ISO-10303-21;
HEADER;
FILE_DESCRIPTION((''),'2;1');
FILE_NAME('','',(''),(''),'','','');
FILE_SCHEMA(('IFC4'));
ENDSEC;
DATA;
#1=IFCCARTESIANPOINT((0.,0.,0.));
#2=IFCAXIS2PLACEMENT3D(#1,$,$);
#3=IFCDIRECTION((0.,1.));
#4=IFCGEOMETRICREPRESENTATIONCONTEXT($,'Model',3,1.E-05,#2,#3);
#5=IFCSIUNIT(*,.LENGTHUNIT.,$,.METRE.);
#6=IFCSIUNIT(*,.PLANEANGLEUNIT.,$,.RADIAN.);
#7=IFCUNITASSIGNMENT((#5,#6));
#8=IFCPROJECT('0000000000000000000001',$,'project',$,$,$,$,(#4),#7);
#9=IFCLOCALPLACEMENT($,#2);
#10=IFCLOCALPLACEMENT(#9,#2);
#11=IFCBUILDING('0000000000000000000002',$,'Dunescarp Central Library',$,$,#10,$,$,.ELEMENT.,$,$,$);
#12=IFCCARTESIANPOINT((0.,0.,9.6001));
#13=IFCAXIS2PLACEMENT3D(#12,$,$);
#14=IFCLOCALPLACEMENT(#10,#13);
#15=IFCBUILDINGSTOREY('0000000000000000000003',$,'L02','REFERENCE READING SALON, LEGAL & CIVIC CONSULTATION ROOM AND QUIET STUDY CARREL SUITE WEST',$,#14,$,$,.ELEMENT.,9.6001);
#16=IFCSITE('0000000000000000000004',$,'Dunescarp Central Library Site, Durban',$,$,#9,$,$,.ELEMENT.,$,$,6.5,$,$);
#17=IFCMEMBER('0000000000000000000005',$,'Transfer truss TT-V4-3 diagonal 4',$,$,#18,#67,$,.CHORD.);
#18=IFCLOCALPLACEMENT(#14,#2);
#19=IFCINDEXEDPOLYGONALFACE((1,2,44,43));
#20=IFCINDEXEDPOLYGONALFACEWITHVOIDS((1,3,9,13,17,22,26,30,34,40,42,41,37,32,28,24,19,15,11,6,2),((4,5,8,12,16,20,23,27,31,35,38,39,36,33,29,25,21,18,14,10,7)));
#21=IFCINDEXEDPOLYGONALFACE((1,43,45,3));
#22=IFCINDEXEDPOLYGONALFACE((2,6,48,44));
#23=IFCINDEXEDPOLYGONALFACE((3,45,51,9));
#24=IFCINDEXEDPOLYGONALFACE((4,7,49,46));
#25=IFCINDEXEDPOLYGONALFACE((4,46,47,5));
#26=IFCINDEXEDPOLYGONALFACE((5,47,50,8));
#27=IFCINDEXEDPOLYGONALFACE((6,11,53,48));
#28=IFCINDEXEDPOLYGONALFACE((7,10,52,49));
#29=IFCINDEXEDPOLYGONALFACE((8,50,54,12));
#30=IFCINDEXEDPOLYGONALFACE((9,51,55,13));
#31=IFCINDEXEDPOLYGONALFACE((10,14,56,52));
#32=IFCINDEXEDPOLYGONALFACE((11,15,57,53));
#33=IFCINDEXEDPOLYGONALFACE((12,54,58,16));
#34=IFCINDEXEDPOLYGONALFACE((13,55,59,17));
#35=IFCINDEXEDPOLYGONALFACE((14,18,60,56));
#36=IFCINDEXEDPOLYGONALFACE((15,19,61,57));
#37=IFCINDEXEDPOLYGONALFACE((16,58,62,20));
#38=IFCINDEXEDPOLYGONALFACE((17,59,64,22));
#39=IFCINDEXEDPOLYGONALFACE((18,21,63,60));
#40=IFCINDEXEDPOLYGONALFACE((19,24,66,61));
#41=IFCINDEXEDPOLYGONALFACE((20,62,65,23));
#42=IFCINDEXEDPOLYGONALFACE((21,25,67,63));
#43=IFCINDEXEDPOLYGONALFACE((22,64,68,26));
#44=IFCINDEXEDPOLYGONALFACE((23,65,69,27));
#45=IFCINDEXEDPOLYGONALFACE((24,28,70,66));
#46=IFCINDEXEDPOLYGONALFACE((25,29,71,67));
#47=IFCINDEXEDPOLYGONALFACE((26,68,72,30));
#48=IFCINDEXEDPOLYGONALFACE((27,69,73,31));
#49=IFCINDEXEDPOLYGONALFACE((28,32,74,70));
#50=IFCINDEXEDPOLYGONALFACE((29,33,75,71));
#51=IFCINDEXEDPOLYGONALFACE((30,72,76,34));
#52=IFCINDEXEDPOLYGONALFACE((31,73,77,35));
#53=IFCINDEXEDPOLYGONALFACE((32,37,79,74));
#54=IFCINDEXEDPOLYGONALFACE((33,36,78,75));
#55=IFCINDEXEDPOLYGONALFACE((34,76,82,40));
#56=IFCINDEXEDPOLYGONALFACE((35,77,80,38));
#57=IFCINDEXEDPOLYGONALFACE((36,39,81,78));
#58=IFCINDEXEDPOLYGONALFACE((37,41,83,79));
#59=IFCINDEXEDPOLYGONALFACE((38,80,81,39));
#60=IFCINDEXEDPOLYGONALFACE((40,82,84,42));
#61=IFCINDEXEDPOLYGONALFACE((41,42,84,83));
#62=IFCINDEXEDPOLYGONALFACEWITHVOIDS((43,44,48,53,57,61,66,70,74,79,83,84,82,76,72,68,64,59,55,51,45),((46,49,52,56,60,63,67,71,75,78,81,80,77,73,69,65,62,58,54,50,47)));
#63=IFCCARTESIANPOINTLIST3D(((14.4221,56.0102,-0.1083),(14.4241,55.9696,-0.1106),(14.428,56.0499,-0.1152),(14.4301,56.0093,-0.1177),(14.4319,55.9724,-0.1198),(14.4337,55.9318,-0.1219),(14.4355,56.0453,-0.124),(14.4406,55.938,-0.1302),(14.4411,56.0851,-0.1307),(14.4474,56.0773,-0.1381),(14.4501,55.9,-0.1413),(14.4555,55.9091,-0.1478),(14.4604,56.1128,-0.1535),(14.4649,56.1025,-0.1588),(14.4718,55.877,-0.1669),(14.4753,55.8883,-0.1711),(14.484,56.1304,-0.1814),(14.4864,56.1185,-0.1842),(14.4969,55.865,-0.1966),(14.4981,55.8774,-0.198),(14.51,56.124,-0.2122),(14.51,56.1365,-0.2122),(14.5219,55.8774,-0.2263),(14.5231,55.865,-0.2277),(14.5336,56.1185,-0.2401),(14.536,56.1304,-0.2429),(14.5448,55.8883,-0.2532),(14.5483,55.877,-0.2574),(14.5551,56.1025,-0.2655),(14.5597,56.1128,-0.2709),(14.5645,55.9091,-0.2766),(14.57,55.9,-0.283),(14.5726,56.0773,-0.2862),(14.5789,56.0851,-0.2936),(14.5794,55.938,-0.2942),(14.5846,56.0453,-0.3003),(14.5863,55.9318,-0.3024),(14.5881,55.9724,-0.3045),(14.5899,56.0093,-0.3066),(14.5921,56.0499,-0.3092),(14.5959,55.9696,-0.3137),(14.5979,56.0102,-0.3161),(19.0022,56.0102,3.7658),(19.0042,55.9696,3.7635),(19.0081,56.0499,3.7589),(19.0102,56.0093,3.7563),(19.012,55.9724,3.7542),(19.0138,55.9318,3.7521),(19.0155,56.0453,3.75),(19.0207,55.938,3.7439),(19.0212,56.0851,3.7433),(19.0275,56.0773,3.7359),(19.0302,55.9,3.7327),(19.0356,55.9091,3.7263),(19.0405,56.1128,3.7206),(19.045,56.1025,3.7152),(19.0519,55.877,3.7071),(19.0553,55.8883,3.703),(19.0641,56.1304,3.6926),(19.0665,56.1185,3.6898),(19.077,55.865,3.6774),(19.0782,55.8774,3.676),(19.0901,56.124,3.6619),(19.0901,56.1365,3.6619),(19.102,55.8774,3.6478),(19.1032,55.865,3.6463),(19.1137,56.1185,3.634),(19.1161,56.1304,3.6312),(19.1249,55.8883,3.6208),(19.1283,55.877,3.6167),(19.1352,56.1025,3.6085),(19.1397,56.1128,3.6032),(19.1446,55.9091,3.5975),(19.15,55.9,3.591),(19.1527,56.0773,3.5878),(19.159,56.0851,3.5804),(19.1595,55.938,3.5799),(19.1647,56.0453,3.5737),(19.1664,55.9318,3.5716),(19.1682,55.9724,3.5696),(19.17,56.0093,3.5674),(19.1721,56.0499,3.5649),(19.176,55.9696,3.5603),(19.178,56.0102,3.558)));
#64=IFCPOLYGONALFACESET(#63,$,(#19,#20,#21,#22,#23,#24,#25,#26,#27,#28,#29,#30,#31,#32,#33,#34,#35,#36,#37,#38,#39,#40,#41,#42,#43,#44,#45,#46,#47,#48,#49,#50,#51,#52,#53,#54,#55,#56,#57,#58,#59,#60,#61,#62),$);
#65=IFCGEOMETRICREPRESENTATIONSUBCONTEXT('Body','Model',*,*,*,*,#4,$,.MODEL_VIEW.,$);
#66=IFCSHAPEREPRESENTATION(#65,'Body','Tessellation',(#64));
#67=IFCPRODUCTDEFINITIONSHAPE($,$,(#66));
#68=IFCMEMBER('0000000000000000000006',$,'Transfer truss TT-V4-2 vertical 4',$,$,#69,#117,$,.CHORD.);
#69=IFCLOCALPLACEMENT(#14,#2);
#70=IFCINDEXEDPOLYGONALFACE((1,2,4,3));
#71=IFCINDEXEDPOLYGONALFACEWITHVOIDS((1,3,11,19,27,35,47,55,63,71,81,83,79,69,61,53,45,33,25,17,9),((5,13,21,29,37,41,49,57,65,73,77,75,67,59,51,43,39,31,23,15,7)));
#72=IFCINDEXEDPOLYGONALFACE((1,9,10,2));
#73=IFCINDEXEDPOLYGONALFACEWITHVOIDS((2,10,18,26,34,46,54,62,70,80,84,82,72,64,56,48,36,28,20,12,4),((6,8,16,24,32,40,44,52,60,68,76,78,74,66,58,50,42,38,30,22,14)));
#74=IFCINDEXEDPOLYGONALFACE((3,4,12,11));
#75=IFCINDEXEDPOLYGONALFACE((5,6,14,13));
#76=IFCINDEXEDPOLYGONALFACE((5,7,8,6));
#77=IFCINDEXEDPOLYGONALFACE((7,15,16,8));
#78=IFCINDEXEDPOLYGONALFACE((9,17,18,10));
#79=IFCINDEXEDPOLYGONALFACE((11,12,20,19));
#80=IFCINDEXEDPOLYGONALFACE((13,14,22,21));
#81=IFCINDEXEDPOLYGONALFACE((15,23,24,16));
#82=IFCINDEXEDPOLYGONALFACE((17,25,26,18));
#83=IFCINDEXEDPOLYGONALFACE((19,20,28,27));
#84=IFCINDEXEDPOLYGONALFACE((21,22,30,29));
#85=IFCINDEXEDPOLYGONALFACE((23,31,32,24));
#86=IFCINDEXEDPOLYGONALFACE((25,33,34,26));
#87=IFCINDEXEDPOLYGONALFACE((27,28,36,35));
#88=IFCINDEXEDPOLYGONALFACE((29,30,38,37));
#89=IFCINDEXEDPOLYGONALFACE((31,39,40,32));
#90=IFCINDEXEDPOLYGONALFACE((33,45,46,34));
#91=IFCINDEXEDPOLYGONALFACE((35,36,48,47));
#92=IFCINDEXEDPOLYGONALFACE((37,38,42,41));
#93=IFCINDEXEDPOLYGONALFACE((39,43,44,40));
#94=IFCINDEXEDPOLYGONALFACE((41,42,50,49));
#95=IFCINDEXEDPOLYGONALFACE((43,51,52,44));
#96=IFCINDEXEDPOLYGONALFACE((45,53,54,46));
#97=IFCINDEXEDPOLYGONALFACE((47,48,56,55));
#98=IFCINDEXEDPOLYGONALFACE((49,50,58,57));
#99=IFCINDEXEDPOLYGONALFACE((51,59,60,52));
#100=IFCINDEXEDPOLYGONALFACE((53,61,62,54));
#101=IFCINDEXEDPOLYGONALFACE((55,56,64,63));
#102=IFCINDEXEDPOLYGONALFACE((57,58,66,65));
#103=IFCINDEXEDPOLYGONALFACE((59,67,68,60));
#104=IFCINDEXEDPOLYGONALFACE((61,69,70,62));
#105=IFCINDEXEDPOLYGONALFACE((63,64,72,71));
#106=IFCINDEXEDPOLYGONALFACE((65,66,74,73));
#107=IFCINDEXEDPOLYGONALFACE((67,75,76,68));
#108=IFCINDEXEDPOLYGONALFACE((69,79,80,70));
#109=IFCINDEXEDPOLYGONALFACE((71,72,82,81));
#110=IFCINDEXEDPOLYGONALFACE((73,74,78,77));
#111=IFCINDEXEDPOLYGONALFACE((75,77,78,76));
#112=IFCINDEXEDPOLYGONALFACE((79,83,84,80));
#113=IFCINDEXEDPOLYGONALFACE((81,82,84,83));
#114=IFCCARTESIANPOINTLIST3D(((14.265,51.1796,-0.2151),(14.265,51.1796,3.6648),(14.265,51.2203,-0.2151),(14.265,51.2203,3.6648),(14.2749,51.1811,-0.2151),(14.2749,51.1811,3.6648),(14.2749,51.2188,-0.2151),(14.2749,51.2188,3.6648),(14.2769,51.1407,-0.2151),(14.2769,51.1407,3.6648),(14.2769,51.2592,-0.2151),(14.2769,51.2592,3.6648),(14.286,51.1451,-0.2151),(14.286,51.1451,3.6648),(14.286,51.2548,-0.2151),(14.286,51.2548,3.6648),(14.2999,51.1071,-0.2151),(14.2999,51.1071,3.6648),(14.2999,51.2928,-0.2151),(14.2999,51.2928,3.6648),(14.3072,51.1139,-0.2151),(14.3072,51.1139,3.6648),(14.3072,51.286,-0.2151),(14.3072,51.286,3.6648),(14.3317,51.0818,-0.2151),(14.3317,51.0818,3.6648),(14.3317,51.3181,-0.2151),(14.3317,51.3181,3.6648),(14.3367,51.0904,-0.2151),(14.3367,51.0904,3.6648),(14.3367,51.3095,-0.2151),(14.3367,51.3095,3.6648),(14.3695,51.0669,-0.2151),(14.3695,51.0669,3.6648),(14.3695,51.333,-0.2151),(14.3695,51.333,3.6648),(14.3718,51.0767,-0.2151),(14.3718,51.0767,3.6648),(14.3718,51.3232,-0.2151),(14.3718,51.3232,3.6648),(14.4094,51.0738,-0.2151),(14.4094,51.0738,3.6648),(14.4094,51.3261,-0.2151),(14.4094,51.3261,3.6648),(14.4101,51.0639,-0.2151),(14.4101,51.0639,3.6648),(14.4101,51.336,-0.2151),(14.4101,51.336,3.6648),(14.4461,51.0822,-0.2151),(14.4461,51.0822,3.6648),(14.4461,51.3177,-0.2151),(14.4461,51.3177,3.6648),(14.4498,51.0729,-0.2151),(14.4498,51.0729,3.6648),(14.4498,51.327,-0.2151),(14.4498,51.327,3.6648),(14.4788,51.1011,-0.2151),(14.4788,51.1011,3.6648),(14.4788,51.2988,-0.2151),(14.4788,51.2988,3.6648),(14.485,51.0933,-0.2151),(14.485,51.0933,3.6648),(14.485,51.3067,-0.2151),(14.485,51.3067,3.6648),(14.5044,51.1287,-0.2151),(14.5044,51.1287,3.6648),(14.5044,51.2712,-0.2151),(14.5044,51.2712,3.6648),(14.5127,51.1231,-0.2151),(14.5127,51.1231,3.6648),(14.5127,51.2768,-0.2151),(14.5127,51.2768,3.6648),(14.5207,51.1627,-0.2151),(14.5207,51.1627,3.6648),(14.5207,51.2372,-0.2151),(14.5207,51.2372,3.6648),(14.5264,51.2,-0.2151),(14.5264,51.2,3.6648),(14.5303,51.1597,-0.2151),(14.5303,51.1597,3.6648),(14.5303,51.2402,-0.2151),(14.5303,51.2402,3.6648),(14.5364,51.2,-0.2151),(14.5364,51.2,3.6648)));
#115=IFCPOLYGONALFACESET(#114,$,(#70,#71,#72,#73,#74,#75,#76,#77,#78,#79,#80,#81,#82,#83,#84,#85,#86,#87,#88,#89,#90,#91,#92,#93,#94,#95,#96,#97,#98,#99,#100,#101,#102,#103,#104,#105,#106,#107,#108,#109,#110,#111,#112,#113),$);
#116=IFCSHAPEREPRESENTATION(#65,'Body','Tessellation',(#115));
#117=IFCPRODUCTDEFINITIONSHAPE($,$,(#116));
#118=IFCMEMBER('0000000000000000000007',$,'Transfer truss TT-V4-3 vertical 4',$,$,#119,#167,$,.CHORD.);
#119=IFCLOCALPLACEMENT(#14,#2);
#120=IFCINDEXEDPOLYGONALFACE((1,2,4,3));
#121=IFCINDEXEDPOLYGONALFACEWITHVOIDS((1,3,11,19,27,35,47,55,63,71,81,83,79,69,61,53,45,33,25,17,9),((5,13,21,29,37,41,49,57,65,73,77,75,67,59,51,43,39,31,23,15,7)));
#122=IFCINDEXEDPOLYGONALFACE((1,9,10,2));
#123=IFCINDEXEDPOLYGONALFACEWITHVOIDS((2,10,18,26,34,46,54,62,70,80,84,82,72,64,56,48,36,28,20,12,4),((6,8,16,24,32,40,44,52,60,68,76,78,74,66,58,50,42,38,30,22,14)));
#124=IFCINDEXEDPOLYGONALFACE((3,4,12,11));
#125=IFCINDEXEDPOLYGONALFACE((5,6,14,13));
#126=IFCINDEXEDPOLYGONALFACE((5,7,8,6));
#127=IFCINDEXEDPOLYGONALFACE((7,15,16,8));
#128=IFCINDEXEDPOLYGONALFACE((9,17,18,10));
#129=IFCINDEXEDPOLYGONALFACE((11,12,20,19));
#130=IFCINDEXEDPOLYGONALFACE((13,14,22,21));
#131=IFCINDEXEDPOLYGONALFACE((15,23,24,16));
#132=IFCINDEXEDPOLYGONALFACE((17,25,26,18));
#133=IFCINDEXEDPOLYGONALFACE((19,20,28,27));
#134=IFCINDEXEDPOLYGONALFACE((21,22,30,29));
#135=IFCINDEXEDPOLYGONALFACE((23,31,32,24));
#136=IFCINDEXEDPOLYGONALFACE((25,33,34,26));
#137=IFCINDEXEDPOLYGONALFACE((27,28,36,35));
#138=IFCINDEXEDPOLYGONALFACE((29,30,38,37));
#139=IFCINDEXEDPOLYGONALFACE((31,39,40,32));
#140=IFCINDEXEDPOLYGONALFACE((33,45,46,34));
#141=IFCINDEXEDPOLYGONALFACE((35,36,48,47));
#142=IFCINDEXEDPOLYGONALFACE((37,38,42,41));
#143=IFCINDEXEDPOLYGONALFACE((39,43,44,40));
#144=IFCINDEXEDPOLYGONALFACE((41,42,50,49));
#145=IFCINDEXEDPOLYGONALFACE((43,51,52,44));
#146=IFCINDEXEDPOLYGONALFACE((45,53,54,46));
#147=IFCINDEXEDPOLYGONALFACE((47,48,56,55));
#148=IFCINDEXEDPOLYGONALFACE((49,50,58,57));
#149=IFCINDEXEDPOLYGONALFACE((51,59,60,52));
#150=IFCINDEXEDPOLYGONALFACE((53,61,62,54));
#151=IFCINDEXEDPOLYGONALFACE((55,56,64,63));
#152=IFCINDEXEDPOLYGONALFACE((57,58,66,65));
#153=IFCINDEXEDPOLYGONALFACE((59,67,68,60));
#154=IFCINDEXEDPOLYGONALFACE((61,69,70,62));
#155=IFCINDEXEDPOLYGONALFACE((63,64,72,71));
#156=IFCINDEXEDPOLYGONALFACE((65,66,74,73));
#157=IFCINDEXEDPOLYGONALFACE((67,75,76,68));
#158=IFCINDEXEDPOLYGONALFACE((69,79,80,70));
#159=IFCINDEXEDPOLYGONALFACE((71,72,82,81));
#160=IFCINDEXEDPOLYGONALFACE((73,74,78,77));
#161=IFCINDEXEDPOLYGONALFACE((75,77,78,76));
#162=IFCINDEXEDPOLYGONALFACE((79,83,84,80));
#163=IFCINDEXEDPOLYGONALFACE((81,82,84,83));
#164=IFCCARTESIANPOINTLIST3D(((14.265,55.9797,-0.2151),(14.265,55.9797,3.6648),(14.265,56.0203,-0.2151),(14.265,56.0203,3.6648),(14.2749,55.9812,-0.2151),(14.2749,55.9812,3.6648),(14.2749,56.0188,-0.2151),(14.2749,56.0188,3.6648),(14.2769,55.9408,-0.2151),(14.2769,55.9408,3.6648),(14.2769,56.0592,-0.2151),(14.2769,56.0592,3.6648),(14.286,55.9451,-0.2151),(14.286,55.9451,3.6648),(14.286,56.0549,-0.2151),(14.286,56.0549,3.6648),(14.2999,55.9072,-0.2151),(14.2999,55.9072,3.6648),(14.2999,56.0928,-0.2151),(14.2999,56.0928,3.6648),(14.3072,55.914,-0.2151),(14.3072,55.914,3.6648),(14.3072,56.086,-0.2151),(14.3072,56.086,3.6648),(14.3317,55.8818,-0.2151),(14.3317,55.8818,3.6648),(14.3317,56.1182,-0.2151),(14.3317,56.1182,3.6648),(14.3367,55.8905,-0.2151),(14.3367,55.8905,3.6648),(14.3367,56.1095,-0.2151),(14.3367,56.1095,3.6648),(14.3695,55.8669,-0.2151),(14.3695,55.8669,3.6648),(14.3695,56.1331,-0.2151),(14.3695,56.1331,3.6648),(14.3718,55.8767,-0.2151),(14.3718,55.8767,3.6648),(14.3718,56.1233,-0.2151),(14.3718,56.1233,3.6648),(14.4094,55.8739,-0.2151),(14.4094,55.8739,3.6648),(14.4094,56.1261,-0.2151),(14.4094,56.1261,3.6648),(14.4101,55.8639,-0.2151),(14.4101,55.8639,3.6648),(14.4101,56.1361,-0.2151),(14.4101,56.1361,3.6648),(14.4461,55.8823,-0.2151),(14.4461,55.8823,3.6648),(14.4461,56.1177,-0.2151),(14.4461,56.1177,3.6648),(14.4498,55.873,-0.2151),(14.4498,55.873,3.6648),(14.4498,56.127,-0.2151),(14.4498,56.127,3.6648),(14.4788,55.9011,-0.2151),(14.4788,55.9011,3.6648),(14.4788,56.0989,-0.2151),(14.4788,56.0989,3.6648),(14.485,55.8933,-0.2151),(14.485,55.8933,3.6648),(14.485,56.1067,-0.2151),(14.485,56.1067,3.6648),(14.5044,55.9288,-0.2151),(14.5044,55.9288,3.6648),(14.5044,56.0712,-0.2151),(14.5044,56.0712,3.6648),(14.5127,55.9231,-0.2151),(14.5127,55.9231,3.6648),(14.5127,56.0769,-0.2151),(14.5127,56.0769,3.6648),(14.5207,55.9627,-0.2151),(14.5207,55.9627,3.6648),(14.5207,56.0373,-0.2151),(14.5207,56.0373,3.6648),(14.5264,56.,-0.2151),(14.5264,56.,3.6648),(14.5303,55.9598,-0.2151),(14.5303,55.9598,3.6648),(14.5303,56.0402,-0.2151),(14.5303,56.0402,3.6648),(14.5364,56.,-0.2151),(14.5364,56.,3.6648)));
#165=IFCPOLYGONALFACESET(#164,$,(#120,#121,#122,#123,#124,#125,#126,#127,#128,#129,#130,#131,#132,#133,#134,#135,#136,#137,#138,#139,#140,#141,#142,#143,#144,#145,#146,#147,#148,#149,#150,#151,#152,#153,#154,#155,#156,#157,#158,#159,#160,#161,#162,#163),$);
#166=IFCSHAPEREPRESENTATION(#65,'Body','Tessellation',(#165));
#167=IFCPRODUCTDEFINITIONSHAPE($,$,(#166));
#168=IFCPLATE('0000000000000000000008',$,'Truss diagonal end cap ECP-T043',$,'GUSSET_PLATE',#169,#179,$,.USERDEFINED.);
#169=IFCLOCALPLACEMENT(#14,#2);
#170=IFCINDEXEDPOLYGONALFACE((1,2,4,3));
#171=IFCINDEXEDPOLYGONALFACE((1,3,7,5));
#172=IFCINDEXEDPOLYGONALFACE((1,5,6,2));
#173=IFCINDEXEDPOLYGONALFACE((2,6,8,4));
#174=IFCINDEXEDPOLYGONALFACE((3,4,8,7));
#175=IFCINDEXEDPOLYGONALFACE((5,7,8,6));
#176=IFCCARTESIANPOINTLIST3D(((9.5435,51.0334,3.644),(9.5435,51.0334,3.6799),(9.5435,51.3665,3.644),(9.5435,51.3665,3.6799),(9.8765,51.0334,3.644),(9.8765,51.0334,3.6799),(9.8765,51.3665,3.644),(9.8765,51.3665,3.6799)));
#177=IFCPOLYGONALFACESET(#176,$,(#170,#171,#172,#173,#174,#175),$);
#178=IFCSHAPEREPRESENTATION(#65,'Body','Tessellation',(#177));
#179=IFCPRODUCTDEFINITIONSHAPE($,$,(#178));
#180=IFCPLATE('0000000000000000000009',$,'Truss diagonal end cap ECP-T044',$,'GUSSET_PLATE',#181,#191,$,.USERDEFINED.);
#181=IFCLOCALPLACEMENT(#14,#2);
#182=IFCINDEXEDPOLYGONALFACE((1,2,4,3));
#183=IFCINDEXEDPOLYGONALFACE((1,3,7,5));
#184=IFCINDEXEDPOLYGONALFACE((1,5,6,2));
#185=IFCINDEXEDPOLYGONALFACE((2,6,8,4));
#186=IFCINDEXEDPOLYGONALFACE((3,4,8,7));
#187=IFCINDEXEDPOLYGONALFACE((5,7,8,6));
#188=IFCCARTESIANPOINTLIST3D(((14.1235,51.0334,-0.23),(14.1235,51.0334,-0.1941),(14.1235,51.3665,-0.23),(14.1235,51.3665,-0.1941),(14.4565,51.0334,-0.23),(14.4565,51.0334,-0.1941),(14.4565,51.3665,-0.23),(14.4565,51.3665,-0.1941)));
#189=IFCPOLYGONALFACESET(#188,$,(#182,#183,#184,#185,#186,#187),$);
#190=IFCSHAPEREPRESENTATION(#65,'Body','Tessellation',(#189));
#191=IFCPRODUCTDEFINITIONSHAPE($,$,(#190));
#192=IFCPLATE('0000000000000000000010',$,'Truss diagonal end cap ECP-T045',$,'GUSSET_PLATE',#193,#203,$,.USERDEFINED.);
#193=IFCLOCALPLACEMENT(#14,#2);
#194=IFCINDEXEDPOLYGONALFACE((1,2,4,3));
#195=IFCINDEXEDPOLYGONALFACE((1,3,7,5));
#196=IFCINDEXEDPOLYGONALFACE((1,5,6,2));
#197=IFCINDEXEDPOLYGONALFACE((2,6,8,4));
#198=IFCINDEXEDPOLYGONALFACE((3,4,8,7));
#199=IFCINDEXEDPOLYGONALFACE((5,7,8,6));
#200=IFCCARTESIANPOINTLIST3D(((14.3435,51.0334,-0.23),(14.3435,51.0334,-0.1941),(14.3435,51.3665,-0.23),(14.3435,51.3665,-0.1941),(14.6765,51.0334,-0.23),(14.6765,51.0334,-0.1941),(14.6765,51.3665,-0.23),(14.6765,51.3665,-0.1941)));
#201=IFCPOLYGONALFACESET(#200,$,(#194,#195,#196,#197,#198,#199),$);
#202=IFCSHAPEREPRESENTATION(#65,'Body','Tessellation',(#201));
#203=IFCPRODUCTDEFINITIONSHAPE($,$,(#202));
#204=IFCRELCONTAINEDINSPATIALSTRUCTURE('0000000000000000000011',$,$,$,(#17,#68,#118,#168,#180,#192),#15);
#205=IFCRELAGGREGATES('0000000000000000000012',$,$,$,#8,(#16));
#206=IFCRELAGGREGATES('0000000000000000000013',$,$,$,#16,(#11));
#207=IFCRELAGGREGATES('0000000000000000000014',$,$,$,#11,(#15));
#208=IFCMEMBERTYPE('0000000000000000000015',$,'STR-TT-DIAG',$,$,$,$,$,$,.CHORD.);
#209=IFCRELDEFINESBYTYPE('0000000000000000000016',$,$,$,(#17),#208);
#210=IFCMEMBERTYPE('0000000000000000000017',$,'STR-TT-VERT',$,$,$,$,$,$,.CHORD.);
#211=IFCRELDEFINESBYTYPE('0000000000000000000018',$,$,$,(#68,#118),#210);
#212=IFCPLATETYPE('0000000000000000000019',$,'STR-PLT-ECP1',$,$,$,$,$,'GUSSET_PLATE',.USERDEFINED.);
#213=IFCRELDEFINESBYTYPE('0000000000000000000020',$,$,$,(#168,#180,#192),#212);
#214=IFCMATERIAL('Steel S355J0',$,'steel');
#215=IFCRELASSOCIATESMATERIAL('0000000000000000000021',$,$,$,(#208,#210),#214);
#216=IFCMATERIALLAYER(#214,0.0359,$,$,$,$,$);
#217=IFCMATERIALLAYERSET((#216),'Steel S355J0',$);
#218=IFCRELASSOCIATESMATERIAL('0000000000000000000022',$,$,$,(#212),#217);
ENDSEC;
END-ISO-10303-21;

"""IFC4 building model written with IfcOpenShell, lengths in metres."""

from ifc_helpers import new_model, si_unit, direction, frame, origin, origin_2d, place, context, subcontext, project, spatial, rectangle, hollow_circle, extrude, material, layer, layer_set, material_profile, profile_set, type_object, element, save


model = new_model("IFC4")

# Units and contexts
model_context = context("Model", 3, precision=1e-05, world=origin(), true_north=direction((0.0, 1.0)))
body_context = subcontext(model_context, "Body", "Model", "MODEL_VIEW")
ifc_project = project(units=[si_unit("LENGTHUNIT", "METRE"), si_unit("PLANEANGLEUNIT", "RADIAN")], contexts=[model_context])

# Site, building, storey
site_placement = place(None, origin())
site = spatial("IfcSite", under=ifc_project, at=site_placement, Name="Dunescarp Central Library Site, Durban", CompositionType="ELEMENT", RefElevation=6.5)
building_placement = place(site_placement, origin())
building = spatial("IfcBuilding", under=site, at=building_placement, Name="Dunescarp Central Library", CompositionType="ELEMENT")
storey_placement = place(building_placement, frame((0.0, 0.0, 9.6001)))
storey = spatial("IfcBuildingStorey", under=building, at=storey_placement, Name="L02", Description="REFERENCE READING SALON, LEGAL & CIVIC CONSULTATION ROOM AND QUIET STUDY CARREL SUITE WEST", CompositionType="ELEMENT", Elevation=9.6001)

# Members
ifc_material_1 = material(Name="Steel S355J0", Category="steel")
ifc_material_profile_1 = material_profile(ifc_material_1, hollow_circle(Radius=0.1365, WallThickness=0.0125, at=origin_2d()), Name="CHS 273x12.5")
ifc_profile_set_1 = profile_set([ifc_material_profile_1], Name="Steel S355J0")
member_type_1 = type_object("IfcMemberType", Name="STR-TT-DIAG", PredefinedType="CHORD", material=ifc_profile_set_1)
for number, where, z_axis, x_axis, name in (
    (1, (14.51, 56.0, -0.2122), (0.763504, 0.0, 0.645804), (0.0, 1.0, 0.0), "Transfer truss TT-V4-3 diagonal 4"),
):
    element("IfcMember", number, at=place(storey_placement, frame(where, z_axis=z_axis, x_axis=x_axis)), inside=storey, type_object=member_type_1, Name=name, PredefinedType="CHORD", context=body_context, shape_type="SweptSolid", body=[
        extrude(hollow_circle(Radius=0.1365, WallThickness=0.0125, at=origin_2d()), origin(), (0.0, 0.0, 1.0), 5.9988),
    ])
ifc_material_profile_2 = material_profile(ifc_material_1, hollow_circle(Radius=0.1365, WallThickness=0.01, at=origin_2d()), Name="CHS 273x10")
ifc_profile_set_2 = profile_set([ifc_material_profile_2], Name="Steel S355J0")
member_type_2 = type_object("IfcMemberType", Name="STR-TT-VERT", PredefinedType="CHORD", material=ifc_profile_set_2)
for number, where, z_axis, x_axis, name in (
    (2, (14.3999, 51.2, -0.2151), (0.0, 0.0, 1.0), (1.0, 0.0, 0.0), "Transfer truss TT-V4-2 vertical 4"),
    (3, (14.3999, 56.0, -0.2151), (0.0, 0.0, 1.0), (1.0, 0.0, 0.0), "Transfer truss TT-V4-3 vertical 4"),
):
    element("IfcMember", number, at=place(storey_placement, frame(where, z_axis=z_axis, x_axis=x_axis)), inside=storey, type_object=member_type_2, Name=name, PredefinedType="CHORD", context=body_context, shape_type="SweptSolid", body=[
        extrude(hollow_circle(Radius=0.1365, WallThickness=0.01, at=origin_2d()), origin(), (0.0, 0.0, 1.0), 3.8799),
    ])

# Plates
ifc_layer_1 = layer(ifc_material_1, 0.0359)
ifc_layer_set_1 = layer_set([ifc_layer_1], Name="Steel S355J0")
plate_type_1 = type_object("IfcPlateType", Name="STR-PLT-ECP1", ElementType="GUSSET_PLATE", PredefinedType="USERDEFINED", material=ifc_layer_set_1)
for number, where, z_axis, x_axis, name in (
    (4, (9.71, 51.2, 3.644), (0.0, 0.0, 1.0), (1.0, 0.0, 0.0), "Truss diagonal end cap ECP-T043"),
    (5, (14.29, 51.2, -0.23), (0.0, 0.0, 1.0), (1.0, 0.0, 0.0), "Truss diagonal end cap ECP-T044"),
    (6, (14.51, 51.2, -0.23), (0.0, 0.0, 1.0), (1.0, 0.0, 0.0), "Truss diagonal end cap ECP-T045"),
):
    element("IfcPlate", number, at=place(storey_placement, frame(where, z_axis=z_axis, x_axis=x_axis)), inside=storey, type_object=plate_type_1, Name=name, ObjectType="GUSSET_PLATE", PredefinedType="USERDEFINED", context=body_context, shape_type="SweptSolid", body=[
        extrude(rectangle(XDim=0.333, YDim=0.333, at=origin_2d()), origin(), (0.0, 0.0, 1.0), 0.0359),
    ])

save(model, "model.ifc")
